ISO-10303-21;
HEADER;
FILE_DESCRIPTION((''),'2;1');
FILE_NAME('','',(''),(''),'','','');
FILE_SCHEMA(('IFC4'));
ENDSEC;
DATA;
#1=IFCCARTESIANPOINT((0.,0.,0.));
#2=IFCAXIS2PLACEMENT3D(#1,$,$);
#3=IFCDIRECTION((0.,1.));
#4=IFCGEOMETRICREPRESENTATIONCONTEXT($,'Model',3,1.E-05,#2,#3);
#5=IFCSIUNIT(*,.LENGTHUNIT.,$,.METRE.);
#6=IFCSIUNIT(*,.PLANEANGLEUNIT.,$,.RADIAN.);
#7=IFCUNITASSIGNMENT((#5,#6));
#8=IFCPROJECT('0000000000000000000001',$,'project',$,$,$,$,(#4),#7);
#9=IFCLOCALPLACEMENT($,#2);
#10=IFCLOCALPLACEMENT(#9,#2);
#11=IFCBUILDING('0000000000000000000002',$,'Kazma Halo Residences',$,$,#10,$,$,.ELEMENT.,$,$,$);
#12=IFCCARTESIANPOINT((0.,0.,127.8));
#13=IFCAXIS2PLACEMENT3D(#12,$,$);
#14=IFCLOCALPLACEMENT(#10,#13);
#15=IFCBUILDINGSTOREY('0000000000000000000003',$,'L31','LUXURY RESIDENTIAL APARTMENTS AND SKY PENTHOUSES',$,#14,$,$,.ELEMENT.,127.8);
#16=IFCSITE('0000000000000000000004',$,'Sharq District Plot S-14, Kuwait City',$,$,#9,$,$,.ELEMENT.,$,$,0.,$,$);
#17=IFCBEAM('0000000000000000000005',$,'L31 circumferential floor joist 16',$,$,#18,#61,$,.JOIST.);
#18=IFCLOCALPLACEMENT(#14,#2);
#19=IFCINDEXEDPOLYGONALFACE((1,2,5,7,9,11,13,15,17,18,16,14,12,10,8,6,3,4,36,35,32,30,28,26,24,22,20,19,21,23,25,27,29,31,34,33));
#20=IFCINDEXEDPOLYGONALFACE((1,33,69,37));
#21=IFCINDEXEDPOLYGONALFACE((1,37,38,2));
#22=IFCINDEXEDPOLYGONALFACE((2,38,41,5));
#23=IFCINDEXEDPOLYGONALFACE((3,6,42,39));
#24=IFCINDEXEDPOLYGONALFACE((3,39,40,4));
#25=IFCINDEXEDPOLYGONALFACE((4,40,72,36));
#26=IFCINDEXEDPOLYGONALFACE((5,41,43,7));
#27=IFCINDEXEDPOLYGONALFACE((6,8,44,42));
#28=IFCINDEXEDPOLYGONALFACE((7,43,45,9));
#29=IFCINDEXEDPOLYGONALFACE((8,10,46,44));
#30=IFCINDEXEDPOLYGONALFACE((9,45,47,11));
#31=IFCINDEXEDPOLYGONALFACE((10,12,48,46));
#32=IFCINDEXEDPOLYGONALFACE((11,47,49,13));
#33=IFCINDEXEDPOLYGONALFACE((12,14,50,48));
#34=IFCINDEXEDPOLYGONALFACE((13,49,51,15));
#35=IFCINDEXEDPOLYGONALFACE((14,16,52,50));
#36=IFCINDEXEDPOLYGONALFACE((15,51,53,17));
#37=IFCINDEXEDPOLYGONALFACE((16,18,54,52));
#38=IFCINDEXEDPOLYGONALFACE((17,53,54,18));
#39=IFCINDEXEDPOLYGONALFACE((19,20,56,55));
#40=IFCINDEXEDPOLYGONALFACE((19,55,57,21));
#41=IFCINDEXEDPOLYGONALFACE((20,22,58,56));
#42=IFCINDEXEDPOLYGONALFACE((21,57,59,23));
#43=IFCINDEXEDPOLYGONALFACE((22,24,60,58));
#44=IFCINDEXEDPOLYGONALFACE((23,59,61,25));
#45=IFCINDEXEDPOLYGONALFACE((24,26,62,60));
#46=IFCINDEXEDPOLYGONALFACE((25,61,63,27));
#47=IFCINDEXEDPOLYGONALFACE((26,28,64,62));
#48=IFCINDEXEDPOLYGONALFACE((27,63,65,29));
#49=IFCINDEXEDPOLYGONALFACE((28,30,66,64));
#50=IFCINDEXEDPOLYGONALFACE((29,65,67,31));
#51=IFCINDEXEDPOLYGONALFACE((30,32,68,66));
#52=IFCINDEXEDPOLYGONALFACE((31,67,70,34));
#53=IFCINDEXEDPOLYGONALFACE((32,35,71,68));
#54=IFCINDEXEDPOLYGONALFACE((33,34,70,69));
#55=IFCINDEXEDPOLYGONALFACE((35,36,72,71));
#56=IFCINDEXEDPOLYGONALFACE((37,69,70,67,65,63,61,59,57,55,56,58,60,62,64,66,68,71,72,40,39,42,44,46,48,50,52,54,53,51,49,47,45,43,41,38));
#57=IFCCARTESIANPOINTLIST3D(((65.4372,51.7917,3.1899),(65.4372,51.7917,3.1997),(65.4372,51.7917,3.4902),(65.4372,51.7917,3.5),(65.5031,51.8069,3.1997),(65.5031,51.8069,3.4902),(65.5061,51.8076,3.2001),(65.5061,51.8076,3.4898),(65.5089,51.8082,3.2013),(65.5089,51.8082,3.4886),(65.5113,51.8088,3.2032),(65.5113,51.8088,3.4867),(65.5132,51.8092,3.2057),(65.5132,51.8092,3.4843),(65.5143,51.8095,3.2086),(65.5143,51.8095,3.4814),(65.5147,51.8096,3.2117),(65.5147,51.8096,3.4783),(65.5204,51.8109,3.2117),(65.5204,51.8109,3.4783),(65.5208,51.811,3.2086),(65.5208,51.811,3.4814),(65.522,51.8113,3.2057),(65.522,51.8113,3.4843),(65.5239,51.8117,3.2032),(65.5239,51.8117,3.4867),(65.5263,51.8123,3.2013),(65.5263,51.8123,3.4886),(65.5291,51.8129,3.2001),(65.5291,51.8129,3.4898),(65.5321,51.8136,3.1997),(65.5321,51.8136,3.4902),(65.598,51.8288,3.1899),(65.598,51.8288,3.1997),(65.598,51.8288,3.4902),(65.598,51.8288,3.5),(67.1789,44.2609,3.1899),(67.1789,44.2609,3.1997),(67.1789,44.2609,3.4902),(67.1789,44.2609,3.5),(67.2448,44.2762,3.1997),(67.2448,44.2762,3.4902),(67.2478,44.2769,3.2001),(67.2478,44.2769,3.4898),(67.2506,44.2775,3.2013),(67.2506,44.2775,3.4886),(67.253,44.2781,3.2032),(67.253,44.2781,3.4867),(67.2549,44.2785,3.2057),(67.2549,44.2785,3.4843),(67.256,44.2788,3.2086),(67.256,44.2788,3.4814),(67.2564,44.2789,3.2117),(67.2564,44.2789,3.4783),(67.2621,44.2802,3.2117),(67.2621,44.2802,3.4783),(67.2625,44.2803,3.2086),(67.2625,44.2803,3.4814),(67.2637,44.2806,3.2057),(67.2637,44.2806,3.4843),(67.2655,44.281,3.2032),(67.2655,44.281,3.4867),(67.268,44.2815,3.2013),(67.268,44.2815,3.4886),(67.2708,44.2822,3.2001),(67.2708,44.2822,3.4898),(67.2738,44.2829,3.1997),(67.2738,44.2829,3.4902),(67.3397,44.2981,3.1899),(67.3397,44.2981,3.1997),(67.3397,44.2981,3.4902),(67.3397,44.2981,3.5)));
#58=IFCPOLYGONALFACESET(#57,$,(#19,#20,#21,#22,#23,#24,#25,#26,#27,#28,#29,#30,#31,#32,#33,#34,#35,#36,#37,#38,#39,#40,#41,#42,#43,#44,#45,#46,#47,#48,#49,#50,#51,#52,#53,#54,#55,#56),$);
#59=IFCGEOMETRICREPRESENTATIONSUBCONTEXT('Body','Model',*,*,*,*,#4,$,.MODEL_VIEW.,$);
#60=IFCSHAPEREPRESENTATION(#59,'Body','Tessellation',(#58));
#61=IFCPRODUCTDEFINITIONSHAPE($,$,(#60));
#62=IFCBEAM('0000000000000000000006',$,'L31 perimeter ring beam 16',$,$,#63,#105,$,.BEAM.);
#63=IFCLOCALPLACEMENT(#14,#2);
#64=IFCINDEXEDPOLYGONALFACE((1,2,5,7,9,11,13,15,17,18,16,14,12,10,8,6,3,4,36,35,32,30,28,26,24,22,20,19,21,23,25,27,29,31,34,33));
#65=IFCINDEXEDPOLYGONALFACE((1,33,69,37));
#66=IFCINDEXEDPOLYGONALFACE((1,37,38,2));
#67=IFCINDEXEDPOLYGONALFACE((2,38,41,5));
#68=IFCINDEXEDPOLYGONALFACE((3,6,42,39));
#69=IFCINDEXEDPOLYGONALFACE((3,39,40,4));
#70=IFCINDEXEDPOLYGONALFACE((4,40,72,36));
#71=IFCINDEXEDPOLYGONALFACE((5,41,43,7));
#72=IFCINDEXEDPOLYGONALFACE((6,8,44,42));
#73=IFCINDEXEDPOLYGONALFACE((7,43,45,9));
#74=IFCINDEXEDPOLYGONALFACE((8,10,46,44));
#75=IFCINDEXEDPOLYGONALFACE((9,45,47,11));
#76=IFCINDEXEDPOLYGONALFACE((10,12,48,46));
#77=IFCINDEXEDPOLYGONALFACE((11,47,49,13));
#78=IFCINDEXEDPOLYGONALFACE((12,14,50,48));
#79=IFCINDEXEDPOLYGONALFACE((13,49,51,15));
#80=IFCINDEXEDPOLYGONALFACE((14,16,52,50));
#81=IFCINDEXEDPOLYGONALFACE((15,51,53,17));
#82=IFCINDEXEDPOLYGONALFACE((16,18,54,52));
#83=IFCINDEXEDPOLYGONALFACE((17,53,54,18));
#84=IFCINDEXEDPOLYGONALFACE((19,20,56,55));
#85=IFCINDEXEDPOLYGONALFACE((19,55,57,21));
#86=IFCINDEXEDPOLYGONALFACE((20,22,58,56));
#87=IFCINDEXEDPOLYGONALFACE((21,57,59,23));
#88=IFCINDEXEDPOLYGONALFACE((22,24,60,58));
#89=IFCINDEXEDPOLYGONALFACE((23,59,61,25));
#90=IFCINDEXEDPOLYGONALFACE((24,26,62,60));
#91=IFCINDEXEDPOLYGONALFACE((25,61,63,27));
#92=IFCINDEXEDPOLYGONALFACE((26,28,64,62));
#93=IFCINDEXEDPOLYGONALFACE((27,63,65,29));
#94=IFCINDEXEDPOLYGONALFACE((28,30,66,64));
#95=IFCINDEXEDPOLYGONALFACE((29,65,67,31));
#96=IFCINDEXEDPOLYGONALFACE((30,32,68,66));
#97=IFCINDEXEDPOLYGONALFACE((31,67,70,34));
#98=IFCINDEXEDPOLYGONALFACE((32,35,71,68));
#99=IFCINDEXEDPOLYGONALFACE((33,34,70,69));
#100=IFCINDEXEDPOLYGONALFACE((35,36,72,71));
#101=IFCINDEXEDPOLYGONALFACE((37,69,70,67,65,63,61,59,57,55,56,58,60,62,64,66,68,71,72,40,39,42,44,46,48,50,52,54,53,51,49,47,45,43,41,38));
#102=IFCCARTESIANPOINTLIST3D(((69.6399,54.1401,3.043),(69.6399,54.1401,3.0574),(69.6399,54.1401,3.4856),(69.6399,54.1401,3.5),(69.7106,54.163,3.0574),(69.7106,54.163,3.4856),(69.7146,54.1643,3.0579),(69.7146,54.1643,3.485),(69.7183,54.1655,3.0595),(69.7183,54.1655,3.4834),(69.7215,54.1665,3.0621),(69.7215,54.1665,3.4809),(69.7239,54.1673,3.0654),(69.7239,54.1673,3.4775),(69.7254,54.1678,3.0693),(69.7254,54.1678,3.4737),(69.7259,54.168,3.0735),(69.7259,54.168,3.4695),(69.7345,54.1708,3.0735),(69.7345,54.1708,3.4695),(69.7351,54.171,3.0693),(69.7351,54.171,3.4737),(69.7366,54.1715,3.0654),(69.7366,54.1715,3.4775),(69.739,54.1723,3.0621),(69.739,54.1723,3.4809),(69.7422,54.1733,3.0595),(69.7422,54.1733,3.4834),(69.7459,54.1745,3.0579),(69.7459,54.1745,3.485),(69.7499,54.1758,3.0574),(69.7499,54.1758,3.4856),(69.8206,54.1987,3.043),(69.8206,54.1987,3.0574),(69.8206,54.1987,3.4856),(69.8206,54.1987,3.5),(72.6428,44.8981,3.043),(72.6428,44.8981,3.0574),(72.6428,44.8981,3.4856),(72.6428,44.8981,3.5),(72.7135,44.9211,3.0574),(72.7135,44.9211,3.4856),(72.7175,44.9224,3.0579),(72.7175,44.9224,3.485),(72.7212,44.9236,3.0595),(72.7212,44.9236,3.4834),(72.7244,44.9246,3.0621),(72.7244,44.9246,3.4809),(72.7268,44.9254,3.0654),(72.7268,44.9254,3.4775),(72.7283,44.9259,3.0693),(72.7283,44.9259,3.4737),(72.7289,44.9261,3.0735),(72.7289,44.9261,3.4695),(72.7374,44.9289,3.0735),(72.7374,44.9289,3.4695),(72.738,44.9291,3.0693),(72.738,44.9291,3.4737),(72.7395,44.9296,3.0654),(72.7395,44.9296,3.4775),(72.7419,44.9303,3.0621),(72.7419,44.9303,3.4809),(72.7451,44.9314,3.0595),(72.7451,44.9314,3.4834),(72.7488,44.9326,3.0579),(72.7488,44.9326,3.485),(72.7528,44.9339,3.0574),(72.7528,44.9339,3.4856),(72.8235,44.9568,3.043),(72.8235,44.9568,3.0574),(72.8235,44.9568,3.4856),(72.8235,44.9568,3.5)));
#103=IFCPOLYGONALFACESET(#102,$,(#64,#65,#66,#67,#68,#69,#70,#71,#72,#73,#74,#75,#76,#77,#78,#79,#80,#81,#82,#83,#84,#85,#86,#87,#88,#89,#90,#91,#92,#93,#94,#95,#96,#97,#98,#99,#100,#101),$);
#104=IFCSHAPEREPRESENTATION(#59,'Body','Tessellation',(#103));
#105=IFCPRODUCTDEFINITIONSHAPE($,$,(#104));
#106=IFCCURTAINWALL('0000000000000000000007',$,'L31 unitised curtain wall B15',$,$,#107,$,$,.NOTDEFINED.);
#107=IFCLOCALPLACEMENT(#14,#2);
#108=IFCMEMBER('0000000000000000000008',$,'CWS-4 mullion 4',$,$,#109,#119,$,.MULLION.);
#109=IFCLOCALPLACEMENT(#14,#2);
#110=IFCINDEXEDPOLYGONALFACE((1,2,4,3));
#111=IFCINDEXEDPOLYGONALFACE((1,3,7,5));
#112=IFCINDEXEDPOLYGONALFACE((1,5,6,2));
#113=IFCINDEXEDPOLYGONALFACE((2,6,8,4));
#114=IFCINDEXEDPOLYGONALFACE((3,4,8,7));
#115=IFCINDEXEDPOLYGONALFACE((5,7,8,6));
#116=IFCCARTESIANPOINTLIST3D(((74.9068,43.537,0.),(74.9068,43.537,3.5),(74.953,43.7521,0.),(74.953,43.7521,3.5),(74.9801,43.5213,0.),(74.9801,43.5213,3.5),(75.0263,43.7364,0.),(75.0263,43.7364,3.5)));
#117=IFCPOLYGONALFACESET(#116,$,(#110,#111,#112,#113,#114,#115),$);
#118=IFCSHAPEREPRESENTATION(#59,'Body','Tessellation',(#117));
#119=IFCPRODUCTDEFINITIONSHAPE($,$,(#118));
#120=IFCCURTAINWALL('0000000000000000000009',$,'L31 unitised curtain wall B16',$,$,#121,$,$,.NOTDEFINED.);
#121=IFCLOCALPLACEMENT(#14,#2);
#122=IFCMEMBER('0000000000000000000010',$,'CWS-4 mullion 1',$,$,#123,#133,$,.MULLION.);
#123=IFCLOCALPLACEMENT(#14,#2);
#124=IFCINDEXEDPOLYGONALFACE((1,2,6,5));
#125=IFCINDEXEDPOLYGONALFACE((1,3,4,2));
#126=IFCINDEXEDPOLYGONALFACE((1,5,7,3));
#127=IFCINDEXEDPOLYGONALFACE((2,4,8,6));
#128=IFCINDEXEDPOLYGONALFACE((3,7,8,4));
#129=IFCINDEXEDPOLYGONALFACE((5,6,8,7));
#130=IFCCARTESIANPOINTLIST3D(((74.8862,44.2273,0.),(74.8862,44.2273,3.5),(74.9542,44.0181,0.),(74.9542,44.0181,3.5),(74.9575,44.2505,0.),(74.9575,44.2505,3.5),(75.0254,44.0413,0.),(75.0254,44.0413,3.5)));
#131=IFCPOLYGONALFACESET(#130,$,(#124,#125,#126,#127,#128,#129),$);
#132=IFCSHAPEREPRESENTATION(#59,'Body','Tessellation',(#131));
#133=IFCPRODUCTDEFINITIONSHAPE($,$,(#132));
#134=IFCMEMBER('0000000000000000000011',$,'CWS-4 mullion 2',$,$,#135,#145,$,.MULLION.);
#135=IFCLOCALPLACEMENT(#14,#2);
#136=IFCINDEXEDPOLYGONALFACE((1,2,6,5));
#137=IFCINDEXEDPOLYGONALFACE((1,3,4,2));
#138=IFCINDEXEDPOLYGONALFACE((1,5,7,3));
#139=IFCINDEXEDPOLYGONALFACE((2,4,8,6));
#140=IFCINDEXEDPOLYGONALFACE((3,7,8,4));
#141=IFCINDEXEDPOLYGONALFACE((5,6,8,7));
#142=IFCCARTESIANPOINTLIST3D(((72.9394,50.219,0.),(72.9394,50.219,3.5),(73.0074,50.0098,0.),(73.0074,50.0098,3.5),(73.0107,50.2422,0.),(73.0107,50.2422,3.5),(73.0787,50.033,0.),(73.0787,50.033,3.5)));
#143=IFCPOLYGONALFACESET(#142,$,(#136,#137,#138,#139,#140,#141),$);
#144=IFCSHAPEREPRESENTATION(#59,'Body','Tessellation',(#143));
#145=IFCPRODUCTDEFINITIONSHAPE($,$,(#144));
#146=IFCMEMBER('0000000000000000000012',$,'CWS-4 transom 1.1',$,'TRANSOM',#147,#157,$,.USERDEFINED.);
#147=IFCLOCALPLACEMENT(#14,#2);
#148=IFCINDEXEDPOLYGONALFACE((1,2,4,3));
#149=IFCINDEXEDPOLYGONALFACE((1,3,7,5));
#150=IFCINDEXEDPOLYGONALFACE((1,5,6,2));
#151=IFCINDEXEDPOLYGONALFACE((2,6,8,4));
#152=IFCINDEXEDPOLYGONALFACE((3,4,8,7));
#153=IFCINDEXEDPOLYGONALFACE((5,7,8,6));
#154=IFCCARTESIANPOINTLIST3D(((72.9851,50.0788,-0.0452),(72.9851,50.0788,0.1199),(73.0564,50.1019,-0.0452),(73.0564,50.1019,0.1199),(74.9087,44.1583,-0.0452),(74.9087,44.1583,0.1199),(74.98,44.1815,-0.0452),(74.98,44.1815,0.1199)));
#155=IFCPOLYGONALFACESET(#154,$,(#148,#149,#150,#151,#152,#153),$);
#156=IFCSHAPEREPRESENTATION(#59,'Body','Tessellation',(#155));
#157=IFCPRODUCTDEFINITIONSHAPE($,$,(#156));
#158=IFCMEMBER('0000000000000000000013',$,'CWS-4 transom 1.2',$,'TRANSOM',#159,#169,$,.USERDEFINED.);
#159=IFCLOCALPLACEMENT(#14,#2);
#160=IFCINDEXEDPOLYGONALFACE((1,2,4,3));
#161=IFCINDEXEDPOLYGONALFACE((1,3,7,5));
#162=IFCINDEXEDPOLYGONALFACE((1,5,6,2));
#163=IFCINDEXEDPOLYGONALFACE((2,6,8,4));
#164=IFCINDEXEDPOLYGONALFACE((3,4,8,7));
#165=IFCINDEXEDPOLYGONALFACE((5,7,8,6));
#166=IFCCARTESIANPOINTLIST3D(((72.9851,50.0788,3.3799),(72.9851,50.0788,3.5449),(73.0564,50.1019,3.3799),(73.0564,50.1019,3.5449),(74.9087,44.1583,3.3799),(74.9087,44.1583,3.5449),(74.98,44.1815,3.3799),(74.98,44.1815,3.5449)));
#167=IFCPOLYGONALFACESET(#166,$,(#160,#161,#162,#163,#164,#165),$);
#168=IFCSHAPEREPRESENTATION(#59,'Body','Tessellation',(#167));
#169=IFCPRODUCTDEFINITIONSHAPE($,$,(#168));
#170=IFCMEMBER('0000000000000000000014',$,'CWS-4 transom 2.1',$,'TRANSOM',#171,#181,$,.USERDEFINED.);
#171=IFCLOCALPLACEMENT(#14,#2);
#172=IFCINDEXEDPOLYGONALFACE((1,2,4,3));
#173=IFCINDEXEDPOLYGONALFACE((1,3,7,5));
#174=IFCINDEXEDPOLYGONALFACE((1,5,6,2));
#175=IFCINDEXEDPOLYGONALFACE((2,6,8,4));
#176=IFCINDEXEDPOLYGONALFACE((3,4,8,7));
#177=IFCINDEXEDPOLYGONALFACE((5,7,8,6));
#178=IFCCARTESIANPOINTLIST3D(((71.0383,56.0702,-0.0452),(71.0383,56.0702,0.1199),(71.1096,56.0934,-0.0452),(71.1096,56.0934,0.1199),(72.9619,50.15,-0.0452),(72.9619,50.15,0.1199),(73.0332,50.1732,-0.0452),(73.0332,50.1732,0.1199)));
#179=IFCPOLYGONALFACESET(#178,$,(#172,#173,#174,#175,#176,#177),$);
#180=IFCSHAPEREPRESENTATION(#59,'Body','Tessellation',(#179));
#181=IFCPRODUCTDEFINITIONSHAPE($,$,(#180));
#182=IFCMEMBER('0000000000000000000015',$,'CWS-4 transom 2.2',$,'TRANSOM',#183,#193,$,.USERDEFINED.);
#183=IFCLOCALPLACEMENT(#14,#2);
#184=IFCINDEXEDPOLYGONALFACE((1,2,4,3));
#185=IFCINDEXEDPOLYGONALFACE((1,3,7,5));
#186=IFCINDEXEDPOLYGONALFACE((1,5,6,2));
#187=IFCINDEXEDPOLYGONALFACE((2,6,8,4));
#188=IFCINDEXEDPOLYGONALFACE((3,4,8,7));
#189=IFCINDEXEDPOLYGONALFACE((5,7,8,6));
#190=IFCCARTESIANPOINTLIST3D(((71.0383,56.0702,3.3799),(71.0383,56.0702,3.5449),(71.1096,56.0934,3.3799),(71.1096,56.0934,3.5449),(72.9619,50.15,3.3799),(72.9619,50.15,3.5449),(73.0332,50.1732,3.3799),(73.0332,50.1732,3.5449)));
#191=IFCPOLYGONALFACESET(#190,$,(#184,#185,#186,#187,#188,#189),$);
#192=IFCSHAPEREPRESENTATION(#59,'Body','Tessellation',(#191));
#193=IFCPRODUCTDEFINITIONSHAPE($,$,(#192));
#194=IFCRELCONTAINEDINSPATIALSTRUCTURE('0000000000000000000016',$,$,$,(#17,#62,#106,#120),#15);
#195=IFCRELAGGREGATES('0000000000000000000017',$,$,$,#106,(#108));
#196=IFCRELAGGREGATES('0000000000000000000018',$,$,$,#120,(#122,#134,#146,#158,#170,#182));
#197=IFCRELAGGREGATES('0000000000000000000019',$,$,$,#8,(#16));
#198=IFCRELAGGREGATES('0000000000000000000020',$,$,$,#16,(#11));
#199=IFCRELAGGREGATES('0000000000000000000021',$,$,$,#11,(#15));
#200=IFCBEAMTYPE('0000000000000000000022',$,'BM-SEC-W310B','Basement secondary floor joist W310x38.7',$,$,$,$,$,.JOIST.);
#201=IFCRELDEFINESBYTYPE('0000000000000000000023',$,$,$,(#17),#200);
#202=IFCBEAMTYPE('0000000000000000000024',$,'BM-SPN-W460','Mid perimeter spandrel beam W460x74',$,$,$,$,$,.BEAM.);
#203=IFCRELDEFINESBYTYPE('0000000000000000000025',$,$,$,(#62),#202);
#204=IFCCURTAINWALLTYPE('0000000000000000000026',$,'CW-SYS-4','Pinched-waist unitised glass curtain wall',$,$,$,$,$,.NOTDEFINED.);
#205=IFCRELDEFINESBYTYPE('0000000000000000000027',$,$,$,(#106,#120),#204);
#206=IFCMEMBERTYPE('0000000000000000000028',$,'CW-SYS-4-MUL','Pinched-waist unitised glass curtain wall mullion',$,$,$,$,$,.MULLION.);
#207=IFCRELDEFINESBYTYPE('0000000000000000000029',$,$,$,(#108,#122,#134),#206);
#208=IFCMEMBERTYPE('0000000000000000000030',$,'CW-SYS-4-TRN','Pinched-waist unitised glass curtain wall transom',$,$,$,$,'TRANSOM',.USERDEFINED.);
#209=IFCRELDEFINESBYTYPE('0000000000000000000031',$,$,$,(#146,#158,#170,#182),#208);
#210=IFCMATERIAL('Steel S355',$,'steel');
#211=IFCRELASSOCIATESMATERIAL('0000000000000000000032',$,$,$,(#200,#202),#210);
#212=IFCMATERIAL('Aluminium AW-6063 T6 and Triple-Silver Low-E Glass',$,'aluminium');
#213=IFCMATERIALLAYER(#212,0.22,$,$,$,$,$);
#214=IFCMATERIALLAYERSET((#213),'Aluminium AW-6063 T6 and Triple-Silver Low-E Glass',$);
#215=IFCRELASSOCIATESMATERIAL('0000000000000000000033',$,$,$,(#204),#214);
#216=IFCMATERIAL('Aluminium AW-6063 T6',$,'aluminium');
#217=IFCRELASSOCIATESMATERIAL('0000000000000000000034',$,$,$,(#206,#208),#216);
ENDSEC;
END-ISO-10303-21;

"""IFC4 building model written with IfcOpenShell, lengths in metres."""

from ifc_helpers import new_model, si_unit, direction, frame, origin, origin_2d, place, context, subcontext, project, spatial, rectangle, i_section, extrude, material, layer, layer_set, material_profile, profile_set, type_object, element, aggregate, save


model = new_model("IFC4")

# Units and contexts
model_context = context("Model", 3, precision=1e-05, world=origin(), true_north=direction((0.0, 1.0)))
body_context = subcontext(model_context, "Body", "Model", "MODEL_VIEW")
ifc_project = project(units=[si_unit("LENGTHUNIT", "METRE"), si_unit("PLANEANGLEUNIT", "RADIAN")], contexts=[model_context])

# Site, building, storey
site_placement = place(None, origin())
site = spatial("IfcSite", under=ifc_project, at=site_placement, Name="Sharq District Plot S-14, Kuwait City", CompositionType="ELEMENT", RefElevation=0.0)
building_placement = place(site_placement, origin())
building = spatial("IfcBuilding", under=site, at=building_placement, Name="Kazma Halo Residences", CompositionType="ELEMENT")
storey_placement = place(building_placement, frame((0.0, 0.0, 127.8)))
storey = spatial("IfcBuildingStorey", under=building, at=storey_placement, Name="L31", Description="LUXURY RESIDENTIAL APARTMENTS AND SKY PENTHOUSES", CompositionType="ELEMENT", Elevation=127.8)

# Beams
ifc_material_1 = material(Name="Steel S355", Category="steel")
ifc_material_profile_1 = material_profile(ifc_material_1, i_section(OverallWidth=0.165, OverallDepth=0.3101, WebThickness=0.0059, FlangeThickness=0.0098, FilletRadius=0.012, at=origin_2d()), Name="W310x38.7")
ifc_profile_set_1 = profile_set([ifc_material_profile_1], Name="Steel S355")
beam_type_1 = type_object("IfcBeamType", Name="BM-SEC-W310B", Description="Basement secondary floor joist W310x38.7", PredefinedType="JOIST", material=ifc_profile_set_1)
beam_1_placement = place(storey_placement, frame((67.2593, 44.2795, 3.345), z_axis=(-0.22533, 0.974282, 0.0), x_axis=(-0.974282, -0.22533, 0.0)))
element("IfcBeam", 1, at=beam_1_placement, inside=storey, type_object=beam_type_1, Name="L31 circumferential floor joist 16", PredefinedType="JOIST", context=body_context, shape_type="SweptSolid", body=[
    extrude(i_section(OverallWidth=0.165, OverallDepth=0.3101, WebThickness=0.0059, FlangeThickness=0.0098, FilletRadius=0.012, at=origin_2d()), origin(), (0.0, 0.0, 1.0), 7.7295),
])
ifc_material_profile_2 = material_profile(ifc_material_1, i_section(OverallWidth=0.1899, OverallDepth=0.457, WebThickness=0.009, FlangeThickness=0.0144, FilletRadius=0.0161, at=origin_2d()), Name="W460x74")
ifc_profile_set_2 = profile_set([ifc_material_profile_2], Name="Steel S355")
beam_type_2 = type_object("IfcBeamType", Name="BM-SPN-W460", Description="Mid perimeter spandrel beam W460x74", PredefinedType="BEAM", material=ifc_profile_set_2)
beam_2_placement = place(storey_placement, frame((72.7332, 44.9275, 3.2715), z_axis=(-0.309021, 0.951055, 0.0), x_axis=(-0.951055, -0.309021, 0.0)))
element("IfcBeam", 2, at=beam_2_placement, inside=storey, type_object=beam_type_2, Name="L31 perimeter ring beam 16", PredefinedType="BEAM", context=body_context, shape_type="SweptSolid", body=[
    extrude(i_section(OverallWidth=0.1899, OverallDepth=0.457, WebThickness=0.009, FlangeThickness=0.0144, FilletRadius=0.0161, at=origin_2d()), origin(), (0.0, 0.0, 1.0), 9.7175),
])

# Curtain wall, member
ifc_material_2 = material(Name="Aluminium AW-6063 T6 and Triple-Silver Low-E Glass", Category="aluminium")
ifc_layer_1 = layer(ifc_material_2, 0.22)
ifc_layer_set_1 = layer_set([ifc_layer_1], Name="Aluminium AW-6063 T6 and Triple-Silver Low-E Glass")
curtain_wall_type = type_object("IfcCurtainWallType", Name="CW-SYS-4", Description="Pinched-waist unitised glass curtain wall", PredefinedType="NOTDEFINED", material=ifc_layer_set_1)
curtain_wall_1_placement = place(storey_placement, origin())
curtain_wall_1 = element("IfcCurtainWall", 3, at=curtain_wall_1_placement, inside=storey, type_object=curtain_wall_type, Name="L31 unitised curtain wall B15", PredefinedType="NOTDEFINED")
ifc_material_3 = material(Name="Aluminium AW-6063 T6", Category="aluminium")
ifc_material_profile_3 = material_profile(ifc_material_3, rectangle(XDim=0.075, YDim=0.22, at=origin_2d()), Name="CWM-75x220")
ifc_profile_set_3 = profile_set([ifc_material_profile_3], Name="Aluminium AW-6063 T6")
member_type_1 = type_object("IfcMemberType", Name="CW-SYS-4-MUL", Description="Pinched-waist unitised glass curtain wall mullion", PredefinedType="MULLION", material=ifc_profile_set_3)
member_1_placement = place(storey_placement, frame((74.9666, 43.6367, 0.0), z_axis=(0.0, 0.0, 1.0), x_axis=(-0.977765, 0.209704, 0.0)))
member_1 = element("IfcMember", 4, at=member_1_placement, type_object=member_type_1, Name="CWS-4 mullion 4", PredefinedType="MULLION", context=body_context, shape_type="SweptSolid", body=[
    extrude(rectangle(XDim=0.075, YDim=0.22, at=origin_2d()), origin(), (0.0, 0.0, 1.0), 3.5),
])
aggregate(curtain_wall_1, [member_1])

# Curtain wall, members
curtain_wall_2_placement = place(storey_placement, origin())
curtain_wall_2 = element("IfcCurtainWall", 5, at=curtain_wall_2_placement, inside=storey, type_object=curtain_wall_type, Name="L31 unitised curtain wall B16", PredefinedType="NOTDEFINED")
member_2_placement = place(storey_placement, frame((74.9558, 44.1343, 0.0), z_axis=(0.0, 0.0, 1.0), x_axis=(-0.951058, -0.309014, 0.0)))
member_2 = element("IfcMember", 6, at=member_2_placement, type_object=member_type_1, Name="CWS-4 mullion 1", PredefinedType="MULLION", context=body_context, shape_type="SweptSolid", body=[
    extrude(rectangle(XDim=0.075, YDim=0.22, at=origin_2d()), origin(), (0.0, 0.0, 1.0), 3.5),
])
member_3_placement = place(storey_placement, frame((73.009, 50.126, 0.0), z_axis=(0.0, 0.0, 1.0), x_axis=(-0.951058, -0.309014, 0.0)))
member_3 = element("IfcMember", 7, at=member_3_placement, type_object=member_type_1, Name="CWS-4 mullion 2", PredefinedType="MULLION", context=body_context, shape_type="SweptSolid", body=[
    extrude(rectangle(XDim=0.075, YDim=0.22, at=origin_2d()), origin(), (0.0, 0.0, 1.0), 3.5),
])
ifc_material_profile_4 = material_profile(ifc_material_3, rectangle(XDim=0.075, YDim=0.165, at=origin_2d()), Name="CWT-75x165")
ifc_profile_set_4 = profile_set([ifc_material_profile_4], Name="Aluminium AW-6063 T6")
member_type_2 = type_object("IfcMemberType", Name="CW-SYS-4-TRN", Description="Pinched-waist unitised glass curtain wall transom", ElementType="TRANSOM", PredefinedType="USERDEFINED", material=ifc_profile_set_4)
member_4_placement = place(storey_placement, frame((74.9443, 44.1699, 0.0374), z_axis=(-0.309006, 0.95106, 0.0), x_axis=(-0.95106, -0.309006, 0.0)))
member_4 = element("IfcMember", 8, at=member_4_placement, type_object=member_type_2, Name="CWS-4 transom 1.1", ObjectType="TRANSOM", PredefinedType="USERDEFINED", context=body_context, shape_type="SweptSolid", body=[
    extrude(rectangle(XDim=0.075, YDim=0.165, at=origin_2d()), origin(), (0.0, 0.0, 1.0), 6.2251),
])
member_5_placement = place(storey_placement, frame((74.9443, 44.1699, 3.4624), z_axis=(-0.309006, 0.95106, 0.0), x_axis=(-0.95106, -0.309006, 0.0)))
member_5 = element("IfcMember", 9, at=member_5_placement, type_object=member_type_2, Name="CWS-4 transom 1.2", ObjectType="TRANSOM", PredefinedType="USERDEFINED", context=body_context, shape_type="SweptSolid", body=[
    extrude(rectangle(XDim=0.075, YDim=0.165, at=origin_2d()), origin(), (0.0, 0.0, 1.0), 6.2251),
])
member_6_placement = place(storey_placement, frame((72.9976, 50.1616, 0.0374), z_axis=(-0.309018, 0.951056, 0.0), x_axis=(-0.951056, -0.309018, 0.0)))
member_6 = element("IfcMember", 10, at=member_6_placement, type_object=member_type_2, Name="CWS-4 transom 2.1", ObjectType="TRANSOM", PredefinedType="USERDEFINED", context=body_context, shape_type="SweptSolid", body=[
    extrude(rectangle(XDim=0.075, YDim=0.165, at=origin_2d()), origin(), (0.0, 0.0, 1.0), 6.2249),
])
member_7_placement = place(storey_placement, frame((72.9976, 50.1616, 3.4624), z_axis=(-0.309018, 0.951056, 0.0), x_axis=(-0.951056, -0.309018, 0.0)))
member_7 = element("IfcMember", 11, at=member_7_placement, type_object=member_type_2, Name="CWS-4 transom 2.2", ObjectType="TRANSOM", PredefinedType="USERDEFINED", context=body_context, shape_type="SweptSolid", body=[
    extrude(rectangle(XDim=0.075, YDim=0.165, at=origin_2d()), origin(), (0.0, 0.0, 1.0), 6.2249),
])
aggregate(curtain_wall_2, [member_2, member_3, member_4, member_5, member_6, member_7])

save(model, "model.ifc")
